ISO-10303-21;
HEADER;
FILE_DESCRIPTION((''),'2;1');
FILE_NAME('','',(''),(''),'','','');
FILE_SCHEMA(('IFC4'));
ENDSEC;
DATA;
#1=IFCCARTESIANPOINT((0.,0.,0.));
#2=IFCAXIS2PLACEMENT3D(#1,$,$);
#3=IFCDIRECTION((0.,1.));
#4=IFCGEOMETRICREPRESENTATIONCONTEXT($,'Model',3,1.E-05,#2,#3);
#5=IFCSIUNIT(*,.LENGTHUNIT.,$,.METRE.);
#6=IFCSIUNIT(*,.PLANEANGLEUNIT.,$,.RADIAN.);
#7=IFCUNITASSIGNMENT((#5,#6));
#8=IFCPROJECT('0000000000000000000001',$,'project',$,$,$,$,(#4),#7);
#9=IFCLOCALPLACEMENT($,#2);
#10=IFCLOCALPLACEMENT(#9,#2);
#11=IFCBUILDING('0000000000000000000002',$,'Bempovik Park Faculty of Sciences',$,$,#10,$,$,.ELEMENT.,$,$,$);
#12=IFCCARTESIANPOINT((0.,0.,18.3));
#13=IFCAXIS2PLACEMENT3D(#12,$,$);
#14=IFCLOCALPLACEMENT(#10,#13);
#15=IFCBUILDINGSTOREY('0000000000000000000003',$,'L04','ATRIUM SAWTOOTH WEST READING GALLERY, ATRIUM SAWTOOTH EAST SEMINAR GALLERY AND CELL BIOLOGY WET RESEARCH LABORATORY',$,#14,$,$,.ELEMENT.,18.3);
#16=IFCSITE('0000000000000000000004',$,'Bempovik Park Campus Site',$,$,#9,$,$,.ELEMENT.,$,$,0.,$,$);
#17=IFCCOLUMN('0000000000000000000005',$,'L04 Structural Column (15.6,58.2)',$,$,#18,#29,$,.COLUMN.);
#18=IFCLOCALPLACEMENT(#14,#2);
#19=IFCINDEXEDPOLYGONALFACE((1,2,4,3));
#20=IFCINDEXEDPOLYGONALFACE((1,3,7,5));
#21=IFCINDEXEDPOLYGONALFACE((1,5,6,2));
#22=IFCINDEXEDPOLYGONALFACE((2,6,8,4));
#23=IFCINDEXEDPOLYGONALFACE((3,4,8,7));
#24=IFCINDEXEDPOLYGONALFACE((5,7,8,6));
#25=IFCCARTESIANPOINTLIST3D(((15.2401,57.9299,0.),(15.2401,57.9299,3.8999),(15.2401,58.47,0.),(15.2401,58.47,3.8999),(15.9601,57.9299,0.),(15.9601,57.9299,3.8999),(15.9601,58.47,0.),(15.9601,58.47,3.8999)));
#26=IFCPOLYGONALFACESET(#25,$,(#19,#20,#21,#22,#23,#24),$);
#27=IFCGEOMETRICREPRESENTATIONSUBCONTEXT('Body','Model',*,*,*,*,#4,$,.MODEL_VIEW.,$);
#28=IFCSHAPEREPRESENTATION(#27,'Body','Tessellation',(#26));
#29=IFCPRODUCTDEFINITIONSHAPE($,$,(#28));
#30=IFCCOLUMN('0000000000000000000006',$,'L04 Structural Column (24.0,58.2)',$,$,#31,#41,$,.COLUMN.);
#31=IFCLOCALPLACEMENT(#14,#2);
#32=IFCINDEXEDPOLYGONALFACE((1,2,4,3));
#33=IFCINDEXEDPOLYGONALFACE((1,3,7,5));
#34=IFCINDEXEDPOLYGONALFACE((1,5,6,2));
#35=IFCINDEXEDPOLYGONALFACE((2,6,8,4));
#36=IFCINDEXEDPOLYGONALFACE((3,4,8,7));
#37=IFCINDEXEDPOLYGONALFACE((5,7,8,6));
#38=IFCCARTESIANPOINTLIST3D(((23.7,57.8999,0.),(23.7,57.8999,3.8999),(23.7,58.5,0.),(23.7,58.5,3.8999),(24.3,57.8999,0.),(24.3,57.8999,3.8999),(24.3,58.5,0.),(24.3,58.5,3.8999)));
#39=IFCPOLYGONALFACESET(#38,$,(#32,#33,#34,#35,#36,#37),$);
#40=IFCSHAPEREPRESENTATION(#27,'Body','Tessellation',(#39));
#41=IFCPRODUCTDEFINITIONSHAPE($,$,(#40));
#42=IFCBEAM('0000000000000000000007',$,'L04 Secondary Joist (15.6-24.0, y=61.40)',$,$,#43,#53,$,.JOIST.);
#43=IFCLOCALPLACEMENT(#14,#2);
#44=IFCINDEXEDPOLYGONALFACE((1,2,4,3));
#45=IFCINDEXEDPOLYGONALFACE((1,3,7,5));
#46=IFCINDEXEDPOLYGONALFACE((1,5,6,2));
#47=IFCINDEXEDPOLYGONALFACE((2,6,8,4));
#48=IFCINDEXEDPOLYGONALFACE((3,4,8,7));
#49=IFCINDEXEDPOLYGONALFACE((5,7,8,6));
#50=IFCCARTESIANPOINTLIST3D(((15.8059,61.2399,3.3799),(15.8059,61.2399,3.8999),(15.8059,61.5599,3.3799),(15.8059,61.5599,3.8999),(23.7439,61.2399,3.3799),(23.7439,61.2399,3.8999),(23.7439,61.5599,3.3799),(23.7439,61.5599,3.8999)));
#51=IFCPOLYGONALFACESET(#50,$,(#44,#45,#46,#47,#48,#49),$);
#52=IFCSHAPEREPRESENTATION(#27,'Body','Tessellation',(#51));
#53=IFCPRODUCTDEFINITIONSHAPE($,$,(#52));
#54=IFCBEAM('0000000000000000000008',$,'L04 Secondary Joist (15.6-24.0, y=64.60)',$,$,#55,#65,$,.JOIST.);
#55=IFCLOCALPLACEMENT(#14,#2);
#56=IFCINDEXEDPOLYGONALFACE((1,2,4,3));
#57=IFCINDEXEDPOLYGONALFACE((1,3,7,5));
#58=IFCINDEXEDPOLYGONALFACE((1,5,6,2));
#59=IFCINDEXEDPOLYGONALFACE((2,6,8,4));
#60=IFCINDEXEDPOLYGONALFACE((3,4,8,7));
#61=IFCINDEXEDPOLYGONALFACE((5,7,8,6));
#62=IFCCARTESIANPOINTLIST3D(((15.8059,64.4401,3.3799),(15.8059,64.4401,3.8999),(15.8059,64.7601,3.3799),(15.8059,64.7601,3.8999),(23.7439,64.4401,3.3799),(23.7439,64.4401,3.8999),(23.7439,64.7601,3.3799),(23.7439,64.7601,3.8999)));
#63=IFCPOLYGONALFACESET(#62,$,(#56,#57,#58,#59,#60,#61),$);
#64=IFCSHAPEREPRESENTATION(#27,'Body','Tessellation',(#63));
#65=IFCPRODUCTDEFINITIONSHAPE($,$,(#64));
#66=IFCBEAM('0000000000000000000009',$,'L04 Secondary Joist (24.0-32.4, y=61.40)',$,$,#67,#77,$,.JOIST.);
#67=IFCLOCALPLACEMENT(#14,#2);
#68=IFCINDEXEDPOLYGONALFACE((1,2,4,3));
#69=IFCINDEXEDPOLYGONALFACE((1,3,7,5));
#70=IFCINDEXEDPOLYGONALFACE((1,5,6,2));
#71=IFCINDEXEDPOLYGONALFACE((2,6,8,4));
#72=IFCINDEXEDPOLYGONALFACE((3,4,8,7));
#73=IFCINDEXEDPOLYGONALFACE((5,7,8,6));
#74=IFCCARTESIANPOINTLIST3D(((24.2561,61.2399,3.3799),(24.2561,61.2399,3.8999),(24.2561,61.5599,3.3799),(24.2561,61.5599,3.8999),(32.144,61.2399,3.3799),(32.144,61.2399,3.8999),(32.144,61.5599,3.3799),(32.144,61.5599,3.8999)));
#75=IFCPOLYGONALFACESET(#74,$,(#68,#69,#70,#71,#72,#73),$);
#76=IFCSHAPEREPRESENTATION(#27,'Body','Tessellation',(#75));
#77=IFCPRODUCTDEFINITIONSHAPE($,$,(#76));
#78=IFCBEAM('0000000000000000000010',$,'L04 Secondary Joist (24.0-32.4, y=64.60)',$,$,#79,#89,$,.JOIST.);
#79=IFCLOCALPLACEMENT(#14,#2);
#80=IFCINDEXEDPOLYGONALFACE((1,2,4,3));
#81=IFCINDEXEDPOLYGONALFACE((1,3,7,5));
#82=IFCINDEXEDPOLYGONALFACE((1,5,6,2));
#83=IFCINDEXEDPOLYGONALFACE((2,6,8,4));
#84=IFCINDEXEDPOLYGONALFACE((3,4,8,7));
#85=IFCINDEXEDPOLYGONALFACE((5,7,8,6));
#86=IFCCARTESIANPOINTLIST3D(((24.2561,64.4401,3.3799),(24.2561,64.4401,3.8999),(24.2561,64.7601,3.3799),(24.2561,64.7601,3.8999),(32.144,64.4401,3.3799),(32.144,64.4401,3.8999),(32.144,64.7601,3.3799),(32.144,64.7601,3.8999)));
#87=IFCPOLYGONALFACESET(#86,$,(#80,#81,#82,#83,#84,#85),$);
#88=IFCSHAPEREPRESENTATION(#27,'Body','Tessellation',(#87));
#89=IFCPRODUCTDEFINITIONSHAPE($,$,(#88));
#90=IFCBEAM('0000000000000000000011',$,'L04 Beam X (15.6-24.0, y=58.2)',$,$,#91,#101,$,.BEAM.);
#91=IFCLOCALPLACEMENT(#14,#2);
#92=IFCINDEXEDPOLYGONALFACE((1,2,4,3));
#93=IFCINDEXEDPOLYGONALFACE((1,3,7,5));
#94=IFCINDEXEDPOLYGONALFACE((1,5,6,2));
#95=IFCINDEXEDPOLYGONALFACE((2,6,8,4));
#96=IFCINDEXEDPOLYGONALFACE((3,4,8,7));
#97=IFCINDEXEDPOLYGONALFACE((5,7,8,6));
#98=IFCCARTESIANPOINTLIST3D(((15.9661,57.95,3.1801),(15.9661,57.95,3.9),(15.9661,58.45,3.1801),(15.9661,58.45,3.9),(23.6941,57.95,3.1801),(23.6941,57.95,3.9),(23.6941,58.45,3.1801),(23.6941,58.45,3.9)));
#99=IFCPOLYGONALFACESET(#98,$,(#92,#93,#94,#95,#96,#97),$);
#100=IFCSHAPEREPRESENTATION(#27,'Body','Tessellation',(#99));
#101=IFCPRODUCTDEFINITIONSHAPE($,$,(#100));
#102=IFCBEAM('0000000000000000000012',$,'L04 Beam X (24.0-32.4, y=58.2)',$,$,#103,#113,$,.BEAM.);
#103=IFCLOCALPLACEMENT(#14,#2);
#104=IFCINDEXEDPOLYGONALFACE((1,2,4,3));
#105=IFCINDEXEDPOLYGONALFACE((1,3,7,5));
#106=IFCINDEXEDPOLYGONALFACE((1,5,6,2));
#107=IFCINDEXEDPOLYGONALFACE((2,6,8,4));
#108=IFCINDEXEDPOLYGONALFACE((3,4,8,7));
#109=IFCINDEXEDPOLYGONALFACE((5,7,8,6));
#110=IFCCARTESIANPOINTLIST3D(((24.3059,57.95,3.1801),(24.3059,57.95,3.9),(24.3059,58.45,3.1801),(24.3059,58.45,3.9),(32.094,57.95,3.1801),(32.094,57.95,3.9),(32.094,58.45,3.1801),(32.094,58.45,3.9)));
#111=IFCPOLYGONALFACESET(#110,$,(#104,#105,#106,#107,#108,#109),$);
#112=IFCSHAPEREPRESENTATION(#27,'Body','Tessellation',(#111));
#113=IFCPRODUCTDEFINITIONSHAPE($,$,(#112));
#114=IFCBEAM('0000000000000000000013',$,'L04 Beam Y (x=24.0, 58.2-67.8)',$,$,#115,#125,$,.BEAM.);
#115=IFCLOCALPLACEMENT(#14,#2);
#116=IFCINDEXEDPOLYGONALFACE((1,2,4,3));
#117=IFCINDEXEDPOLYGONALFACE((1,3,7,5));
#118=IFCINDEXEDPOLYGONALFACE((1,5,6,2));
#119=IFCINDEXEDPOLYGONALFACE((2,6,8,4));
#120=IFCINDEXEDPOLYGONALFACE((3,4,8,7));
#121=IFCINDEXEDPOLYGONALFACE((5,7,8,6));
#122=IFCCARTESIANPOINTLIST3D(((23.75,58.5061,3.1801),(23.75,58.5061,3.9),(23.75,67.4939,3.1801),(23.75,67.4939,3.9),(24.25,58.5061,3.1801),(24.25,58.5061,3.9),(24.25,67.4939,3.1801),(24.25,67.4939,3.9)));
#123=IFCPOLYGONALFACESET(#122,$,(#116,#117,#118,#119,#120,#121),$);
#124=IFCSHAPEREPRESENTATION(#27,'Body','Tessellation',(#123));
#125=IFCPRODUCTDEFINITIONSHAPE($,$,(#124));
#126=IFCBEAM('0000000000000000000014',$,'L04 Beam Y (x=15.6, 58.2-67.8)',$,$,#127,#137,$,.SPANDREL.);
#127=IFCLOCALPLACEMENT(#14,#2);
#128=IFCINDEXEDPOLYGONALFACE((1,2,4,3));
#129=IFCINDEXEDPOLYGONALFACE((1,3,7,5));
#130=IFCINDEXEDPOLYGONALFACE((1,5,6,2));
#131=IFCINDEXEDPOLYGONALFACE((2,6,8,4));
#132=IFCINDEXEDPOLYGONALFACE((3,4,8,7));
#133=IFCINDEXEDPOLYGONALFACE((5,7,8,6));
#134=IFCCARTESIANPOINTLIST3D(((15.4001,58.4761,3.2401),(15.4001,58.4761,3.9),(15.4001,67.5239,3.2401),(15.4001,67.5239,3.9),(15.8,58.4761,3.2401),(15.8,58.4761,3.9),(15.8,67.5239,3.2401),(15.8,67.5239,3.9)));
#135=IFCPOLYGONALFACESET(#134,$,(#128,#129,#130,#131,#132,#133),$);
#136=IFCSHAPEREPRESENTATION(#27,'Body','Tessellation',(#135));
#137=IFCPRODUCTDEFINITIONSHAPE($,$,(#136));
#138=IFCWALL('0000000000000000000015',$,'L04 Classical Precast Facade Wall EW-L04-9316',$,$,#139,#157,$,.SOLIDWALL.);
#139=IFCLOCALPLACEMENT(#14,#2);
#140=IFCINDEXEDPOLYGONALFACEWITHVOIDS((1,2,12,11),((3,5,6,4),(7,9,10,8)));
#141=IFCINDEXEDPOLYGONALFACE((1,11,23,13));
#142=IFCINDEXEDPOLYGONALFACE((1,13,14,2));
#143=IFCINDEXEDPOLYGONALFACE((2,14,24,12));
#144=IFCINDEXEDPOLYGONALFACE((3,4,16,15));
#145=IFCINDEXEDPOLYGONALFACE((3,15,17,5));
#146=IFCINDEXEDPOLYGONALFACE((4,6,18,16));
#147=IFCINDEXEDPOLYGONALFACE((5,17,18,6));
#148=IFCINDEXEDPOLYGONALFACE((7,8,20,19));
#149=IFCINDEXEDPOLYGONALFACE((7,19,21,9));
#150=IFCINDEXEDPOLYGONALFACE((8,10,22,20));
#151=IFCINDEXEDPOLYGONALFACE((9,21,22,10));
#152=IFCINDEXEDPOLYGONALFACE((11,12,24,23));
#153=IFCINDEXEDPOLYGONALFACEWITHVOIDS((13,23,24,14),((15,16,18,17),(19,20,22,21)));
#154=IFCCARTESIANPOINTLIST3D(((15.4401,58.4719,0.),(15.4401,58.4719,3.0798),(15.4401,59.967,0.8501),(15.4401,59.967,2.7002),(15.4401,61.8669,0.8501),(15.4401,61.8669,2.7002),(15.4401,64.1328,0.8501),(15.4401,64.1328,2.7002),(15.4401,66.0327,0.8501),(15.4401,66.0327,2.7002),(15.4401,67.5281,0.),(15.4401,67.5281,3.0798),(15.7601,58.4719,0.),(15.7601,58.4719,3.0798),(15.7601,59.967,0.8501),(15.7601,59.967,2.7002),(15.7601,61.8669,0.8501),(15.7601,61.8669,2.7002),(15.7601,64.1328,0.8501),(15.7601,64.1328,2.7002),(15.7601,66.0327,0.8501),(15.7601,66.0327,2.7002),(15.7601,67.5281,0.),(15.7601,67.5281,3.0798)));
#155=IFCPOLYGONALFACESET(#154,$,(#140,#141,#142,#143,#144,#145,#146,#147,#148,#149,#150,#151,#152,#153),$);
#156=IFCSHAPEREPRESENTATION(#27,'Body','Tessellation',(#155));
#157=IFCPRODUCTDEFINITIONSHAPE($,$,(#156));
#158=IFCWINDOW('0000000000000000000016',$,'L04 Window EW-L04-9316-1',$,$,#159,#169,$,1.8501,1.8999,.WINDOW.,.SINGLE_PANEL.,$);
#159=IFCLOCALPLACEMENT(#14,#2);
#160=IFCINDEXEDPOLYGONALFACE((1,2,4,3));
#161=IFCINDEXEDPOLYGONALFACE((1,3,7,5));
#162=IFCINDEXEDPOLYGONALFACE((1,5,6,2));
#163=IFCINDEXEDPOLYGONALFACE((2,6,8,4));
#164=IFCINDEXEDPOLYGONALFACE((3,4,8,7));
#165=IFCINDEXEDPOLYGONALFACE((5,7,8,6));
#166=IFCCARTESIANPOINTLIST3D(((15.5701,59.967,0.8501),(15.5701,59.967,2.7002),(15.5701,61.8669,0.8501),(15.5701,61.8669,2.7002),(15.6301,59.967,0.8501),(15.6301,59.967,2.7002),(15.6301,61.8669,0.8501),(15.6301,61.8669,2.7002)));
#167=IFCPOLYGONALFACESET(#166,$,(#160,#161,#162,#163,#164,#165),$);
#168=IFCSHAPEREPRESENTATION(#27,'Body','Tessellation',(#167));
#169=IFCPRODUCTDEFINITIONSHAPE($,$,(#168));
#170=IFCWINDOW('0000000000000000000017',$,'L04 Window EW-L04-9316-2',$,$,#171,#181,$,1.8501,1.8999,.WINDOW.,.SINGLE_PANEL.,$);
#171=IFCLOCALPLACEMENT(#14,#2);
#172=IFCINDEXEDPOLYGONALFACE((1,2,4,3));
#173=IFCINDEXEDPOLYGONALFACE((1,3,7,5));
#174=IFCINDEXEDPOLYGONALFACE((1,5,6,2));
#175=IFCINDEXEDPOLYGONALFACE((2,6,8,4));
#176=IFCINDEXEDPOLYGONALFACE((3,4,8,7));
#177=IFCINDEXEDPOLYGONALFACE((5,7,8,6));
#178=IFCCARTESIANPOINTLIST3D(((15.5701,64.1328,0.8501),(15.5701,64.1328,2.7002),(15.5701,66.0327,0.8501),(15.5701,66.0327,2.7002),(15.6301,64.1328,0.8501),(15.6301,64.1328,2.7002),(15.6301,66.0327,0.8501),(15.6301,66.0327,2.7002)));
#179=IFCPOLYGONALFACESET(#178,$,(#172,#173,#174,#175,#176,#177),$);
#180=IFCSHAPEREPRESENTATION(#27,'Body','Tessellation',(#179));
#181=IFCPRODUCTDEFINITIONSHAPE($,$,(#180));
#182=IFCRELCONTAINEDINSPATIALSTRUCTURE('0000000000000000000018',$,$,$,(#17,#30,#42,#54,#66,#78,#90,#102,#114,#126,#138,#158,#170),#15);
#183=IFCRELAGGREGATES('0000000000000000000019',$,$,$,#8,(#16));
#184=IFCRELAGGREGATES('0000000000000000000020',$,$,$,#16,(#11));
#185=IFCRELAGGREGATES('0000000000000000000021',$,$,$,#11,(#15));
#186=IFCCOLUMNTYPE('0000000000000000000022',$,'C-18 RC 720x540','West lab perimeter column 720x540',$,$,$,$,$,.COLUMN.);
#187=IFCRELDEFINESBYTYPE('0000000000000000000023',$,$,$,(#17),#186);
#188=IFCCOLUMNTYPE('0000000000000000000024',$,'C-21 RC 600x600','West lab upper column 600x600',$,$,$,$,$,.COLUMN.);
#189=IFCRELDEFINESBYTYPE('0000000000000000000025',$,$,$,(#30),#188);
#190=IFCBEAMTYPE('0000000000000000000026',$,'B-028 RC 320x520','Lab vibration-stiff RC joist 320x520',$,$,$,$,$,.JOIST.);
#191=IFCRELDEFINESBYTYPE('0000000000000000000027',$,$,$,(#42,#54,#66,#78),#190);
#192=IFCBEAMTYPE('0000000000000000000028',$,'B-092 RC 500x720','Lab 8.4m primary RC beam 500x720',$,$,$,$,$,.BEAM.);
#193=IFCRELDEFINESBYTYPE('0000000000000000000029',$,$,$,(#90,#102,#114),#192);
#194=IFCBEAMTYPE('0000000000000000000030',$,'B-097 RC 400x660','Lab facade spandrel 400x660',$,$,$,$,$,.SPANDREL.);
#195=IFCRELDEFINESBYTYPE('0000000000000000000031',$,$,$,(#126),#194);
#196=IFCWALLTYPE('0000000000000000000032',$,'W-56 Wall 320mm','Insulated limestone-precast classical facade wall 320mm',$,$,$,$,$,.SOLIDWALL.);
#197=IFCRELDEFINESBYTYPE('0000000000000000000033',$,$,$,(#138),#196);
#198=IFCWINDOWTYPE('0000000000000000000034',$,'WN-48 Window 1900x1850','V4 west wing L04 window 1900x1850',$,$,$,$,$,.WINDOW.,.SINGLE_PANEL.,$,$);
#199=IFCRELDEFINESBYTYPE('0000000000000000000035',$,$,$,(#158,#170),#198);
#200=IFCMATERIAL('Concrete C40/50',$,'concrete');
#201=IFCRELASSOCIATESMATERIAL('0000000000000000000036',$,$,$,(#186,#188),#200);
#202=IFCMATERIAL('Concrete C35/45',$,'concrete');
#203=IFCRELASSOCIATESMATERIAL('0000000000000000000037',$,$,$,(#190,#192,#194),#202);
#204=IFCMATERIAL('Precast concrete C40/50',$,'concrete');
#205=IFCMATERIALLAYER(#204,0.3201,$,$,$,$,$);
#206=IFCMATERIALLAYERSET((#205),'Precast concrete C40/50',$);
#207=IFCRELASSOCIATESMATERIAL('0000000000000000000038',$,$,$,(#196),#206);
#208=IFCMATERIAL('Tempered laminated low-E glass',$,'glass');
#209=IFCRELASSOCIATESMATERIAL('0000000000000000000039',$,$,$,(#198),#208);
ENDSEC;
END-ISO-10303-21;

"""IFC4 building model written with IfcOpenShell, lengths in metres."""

from ifc_helpers import new_model, si_unit, direction, frame, frame_2d, origin, origin_2d, place, context, subcontext, project, spatial, rectangle, extrude, material, layer, layer_set, material_profile, profile_set, type_object, element, fill, save


model = new_model("IFC4")

# Units and contexts
model_context = context("Model", 3, precision=1e-05, world=origin(), true_north=direction((0.0, 1.0)))
body_context = subcontext(model_context, "Body", "Model", "MODEL_VIEW")
ifc_project = project(units=[si_unit("LENGTHUNIT", "METRE"), si_unit("PLANEANGLEUNIT", "RADIAN")], contexts=[model_context])

# Site, building, storey
site_placement = place(None, origin())
site = spatial("IfcSite", under=ifc_project, at=site_placement, Name="Bempovik Park Campus Site", CompositionType="ELEMENT", RefElevation=0.0)
building_placement = place(site_placement, origin())
building = spatial("IfcBuilding", under=site, at=building_placement, Name="Bempovik Park Faculty of Sciences", CompositionType="ELEMENT")
storey_placement = place(building_placement, frame((0.0, 0.0, 18.3)))
storey = spatial("IfcBuildingStorey", under=building, at=storey_placement, Name="L04", Description="ATRIUM SAWTOOTH WEST READING GALLERY, ATRIUM SAWTOOTH EAST SEMINAR GALLERY AND CELL BIOLOGY WET RESEARCH LABORATORY", CompositionType="ELEMENT", Elevation=18.3)

# Columns
ifc_material_1 = material(Name="Concrete C40/50", Category="concrete")
ifc_material_profile_1 = material_profile(ifc_material_1, rectangle(XDim=0.72, YDim=0.54, at=origin_2d()), Name="RC 720x540")
ifc_profile_set_1 = profile_set([ifc_material_profile_1], Name="Concrete C40/50")
column_type_1 = type_object("IfcColumnType", Name="C-18 RC 720x540", Description="West lab perimeter column 720x540", PredefinedType="COLUMN", material=ifc_profile_set_1)
column_1_placement = place(storey_placement, frame((15.6001, 58.2, 0.0), z_axis=(0.0, 0.0, 1.0), x_axis=(1.0, 0.0, 0.0)))
element("IfcColumn", 1, at=column_1_placement, inside=storey, type_object=column_type_1, Name="L04 Structural Column (15.6,58.2)", PredefinedType="COLUMN", context=body_context, shape_type="SweptSolid", body=[
    extrude(rectangle(XDim=0.72, YDim=0.54, at=origin_2d()), origin(), (0.0, 0.0, 1.0), 3.8999),
])
ifc_material_profile_2 = material_profile(ifc_material_1, rectangle(XDim=0.6001, YDim=0.6001, at=origin_2d()), Name="RC 600x600")
ifc_profile_set_2 = profile_set([ifc_material_profile_2], Name="Concrete C40/50")
column_type_2 = type_object("IfcColumnType", Name="C-21 RC 600x600", Description="West lab upper column 600x600", PredefinedType="COLUMN", material=ifc_profile_set_2)
column_2_placement = place(storey_placement, frame((24.0, 58.2, 0.0), z_axis=(0.0, 0.0, 1.0), x_axis=(1.0, 0.0, 0.0)))
element("IfcColumn", 2, at=column_2_placement, inside=storey, type_object=column_type_2, Name="L04 Structural Column (24.0,58.2)", PredefinedType="COLUMN", context=body_context, shape_type="SweptSolid", body=[
    extrude(rectangle(XDim=0.6001, YDim=0.6001, at=origin_2d()), origin(), (0.0, 0.0, 1.0), 3.8999),
])

# Beams
ifc_material_2 = material(Name="Concrete C35/45", Category="concrete")
ifc_material_profile_3 = material_profile(ifc_material_2, rectangle(XDim=0.3201, YDim=0.52, at=origin_2d()), Name="RC 320x520")
ifc_profile_set_3 = profile_set([ifc_material_profile_3], Name="Concrete C35/45")
beam_type_1 = type_object("IfcBeamType", Name="B-028 RC 320x520", Description="Lab vibration-stiff RC joist 320x520", PredefinedType="JOIST", material=ifc_profile_set_3)
for number, where, z_axis, x_axis, name in (
    (3, (15.8059, 61.3999, 3.6399), (1.0, 0.0, 0.0), (0.0, 1.0, 0.0), "L04 Secondary Joist (15.6-24.0, y=61.40)"),
    (4, (15.8059, 64.6001, 3.6399), (1.0, 0.0, 0.0), (0.0, 1.0, 0.0), "L04 Secondary Joist (15.6-24.0, y=64.60)"),
):
    element("IfcBeam", number, at=place(storey_placement, frame(where, z_axis=z_axis, x_axis=x_axis)), inside=storey, type_object=beam_type_1, Name=name, PredefinedType="JOIST", context=body_context, shape_type="SweptSolid", body=[
        extrude(rectangle(XDim=0.3201, YDim=0.52, at=origin_2d()), origin(), (0.0, 0.0, 1.0), 7.938),
    ])
for number, where, z_axis, x_axis, name in (
    (5, (24.2561, 61.3999, 3.6399), (1.0, 0.0, 0.0), (0.0, 1.0, 0.0), "L04 Secondary Joist (24.0-32.4, y=61.40)"),
    (6, (24.2561, 64.6001, 3.6399), (1.0, 0.0, 0.0), (0.0, 1.0, 0.0), "L04 Secondary Joist (24.0-32.4, y=64.60)"),
):
    element("IfcBeam", number, at=place(storey_placement, frame(where, z_axis=z_axis, x_axis=x_axis)), inside=storey, type_object=beam_type_1, Name=name, PredefinedType="JOIST", context=body_context, shape_type="SweptSolid", body=[
        extrude(rectangle(XDim=0.3201, YDim=0.52, at=origin_2d()), origin(), (0.0, 0.0, 1.0), 7.8879),
    ])
ifc_material_profile_4 = material_profile(ifc_material_2, rectangle(XDim=0.5, YDim=0.72, at=origin_2d()), Name="RC 500x720")
ifc_profile_set_4 = profile_set([ifc_material_profile_4], Name="Concrete C35/45")
beam_type_2 = type_object("IfcBeamType", Name="B-092 RC 500x720", Description="Lab 8.4m primary RC beam 500x720", PredefinedType="BEAM", material=ifc_profile_set_4)
beam_1_placement = place(storey_placement, frame((15.9661, 58.2, 3.54), z_axis=(1.0, 0.0, 0.0), x_axis=(0.0, 1.0, 0.0)))
element("IfcBeam", 7, at=beam_1_placement, inside=storey, type_object=beam_type_2, Name="L04 Beam X (15.6-24.0, y=58.2)", PredefinedType="BEAM", context=body_context, shape_type="SweptSolid", body=[
    extrude(rectangle(XDim=0.5, YDim=0.72, at=origin_2d()), origin(), (0.0, 0.0, 1.0), 7.728),
])
beam_2_placement = place(storey_placement, frame((24.3059, 58.2, 3.54), z_axis=(1.0, 0.0, 0.0), x_axis=(0.0, 1.0, 0.0)))
element("IfcBeam", 8, at=beam_2_placement, inside=storey, type_object=beam_type_2, Name="L04 Beam X (24.0-32.4, y=58.2)", PredefinedType="BEAM", context=body_context, shape_type="SweptSolid", body=[
    extrude(rectangle(XDim=0.5, YDim=0.72, at=origin_2d()), origin(), (0.0, 0.0, 1.0), 7.7881),
])
beam_3_placement = place(storey_placement, frame((24.0, 58.5061, 3.54), z_axis=(0.0, 1.0, 0.0), x_axis=(-1.0, 0.0, 0.0)))
element("IfcBeam", 9, at=beam_3_placement, inside=storey, type_object=beam_type_2, Name="L04 Beam Y (x=24.0, 58.2-67.8)", PredefinedType="BEAM", context=body_context, shape_type="SweptSolid", body=[
    extrude(rectangle(XDim=0.5, YDim=0.72, at=origin_2d()), origin(), (0.0, 0.0, 1.0), 8.9878),
])
ifc_material_profile_5 = material_profile(ifc_material_2, rectangle(XDim=0.3999, YDim=0.6599, at=origin_2d()), Name="RC 400x660")
ifc_profile_set_5 = profile_set([ifc_material_profile_5], Name="Concrete C35/45")
beam_type_3 = type_object("IfcBeamType", Name="B-097 RC 400x660", Description="Lab facade spandrel 400x660", PredefinedType="SPANDREL", material=ifc_profile_set_5)
beam_4_placement = place(storey_placement, frame((15.6001, 58.4761, 3.5701), z_axis=(0.0, 1.0, 0.0), x_axis=(-1.0, 0.0, 0.0)))
element("IfcBeam", 10, at=beam_4_placement, inside=storey, type_object=beam_type_3, Name="L04 Beam Y (x=15.6, 58.2-67.8)", PredefinedType="SPANDREL", context=body_context, shape_type="SweptSolid", body=[
    extrude(rectangle(XDim=0.3999, YDim=0.6599, at=origin_2d()), origin(), (0.0, 0.0, 1.0), 9.0479),
])

# Wall, openings, windows
ifc_material_3 = material(Name="Precast concrete C40/50", Category="concrete")
ifc_layer_1 = layer(ifc_material_3, 0.3201)
ifc_layer_set_1 = layer_set([ifc_layer_1], Name="Precast concrete C40/50")
wall_type = type_object("IfcWallType", Name="W-56 Wall 320mm", Description="Insulated limestone-precast classical facade wall 320mm", PredefinedType="SOLIDWALL", material=ifc_layer_set_1)
wall_placement = place(storey_placement, frame((15.6001, 58.4719, 0.0), z_axis=(0.0, 0.0, 1.0), x_axis=(0.0, 1.0, 0.0)))
wall = element("IfcWall", 11, at=wall_placement, inside=storey, type_object=wall_type, Name="L04 Classical Precast Facade Wall EW-L04-9316", PredefinedType="SOLIDWALL", context=body_context, shape_type="SweptSolid", body=[
    extrude(rectangle(XDim=9.0562, YDim=0.3201, at=frame_2d((4.5281, 0.0))), origin(), (0.0, 0.0, 1.0), 3.0798),
])
opening_1_placement = place(wall_placement, frame((1.4951, 0.0, 0.8501)))
opening_1 = element("IfcOpeningElement", 12, at=opening_1_placement, cuts=wall, PredefinedType="OPENING", context=body_context, shape_type="SweptSolid", body=[
    extrude(rectangle(XDim=1.8999, YDim=1.8501, at=frame_2d((0.95, 0.925))), frame((0.0, 0.1699, 0.0), z_axis=(0.0, -1.0, 0.0), x_axis=(1.0, 0.0, 0.0)), (0.0, 0.0, 1.0), 0.3401),
])
opening_2_placement = place(wall_placement, frame((5.6609, 0.0, 0.8501)))
opening_2 = element("IfcOpeningElement", 13, at=opening_2_placement, cuts=wall, PredefinedType="OPENING", context=body_context, shape_type="SweptSolid", body=[
    extrude(rectangle(XDim=1.8999, YDim=1.8501, at=frame_2d((0.95, 0.925))), frame((0.0, 0.1699, 0.0), z_axis=(0.0, -1.0, 0.0), x_axis=(1.0, 0.0, 0.0)), (0.0, 0.0, 1.0), 0.3401),
])
ifc_material_4 = material(Name="Tempered laminated low-E glass", Category="glass")
window_type = type_object("IfcWindowType", Name="WN-48 Window 1900x1850", Description="V4 west wing L04 window 1900x1850", PartitioningType="SINGLE_PANEL", PredefinedType="WINDOW", material=ifc_material_4)
window_1_placement = place(opening_1_placement, origin())
window_1 = element("IfcWindow", 14, at=window_1_placement, inside=storey, type_object=window_type, Name="L04 Window EW-L04-9316-1", OverallHeight=1.8501, OverallWidth=1.8999, PartitioningType="SINGLE_PANEL", PredefinedType="WINDOW", context=body_context, shape_type="SweptSolid", body=[
    extrude(rectangle(XDim=1.8999, YDim=1.8501, at=frame_2d((0.95, 0.925))), frame((0.0, 0.03, 0.0), z_axis=(0.0, -1.0, 0.0), x_axis=(1.0, 0.0, 0.0)), (0.0, 0.0, 1.0), 0.0601),
])
fill(opening_1, window_1)
window_2_placement = place(opening_2_placement, origin())
window_2 = element("IfcWindow", 15, at=window_2_placement, inside=storey, type_object=window_type, Name="L04 Window EW-L04-9316-2", OverallHeight=1.8501, OverallWidth=1.8999, PartitioningType="SINGLE_PANEL", PredefinedType="WINDOW", context=body_context, shape_type="SweptSolid", body=[
    extrude(rectangle(XDim=1.8999, YDim=1.8501, at=frame_2d((0.95, 0.925))), frame((0.0, 0.03, 0.0), z_axis=(0.0, -1.0, 0.0), x_axis=(1.0, 0.0, 0.0)), (0.0, 0.0, 1.0), 0.0601),
])
fill(opening_2, window_2)

save(model, "model.ifc")
